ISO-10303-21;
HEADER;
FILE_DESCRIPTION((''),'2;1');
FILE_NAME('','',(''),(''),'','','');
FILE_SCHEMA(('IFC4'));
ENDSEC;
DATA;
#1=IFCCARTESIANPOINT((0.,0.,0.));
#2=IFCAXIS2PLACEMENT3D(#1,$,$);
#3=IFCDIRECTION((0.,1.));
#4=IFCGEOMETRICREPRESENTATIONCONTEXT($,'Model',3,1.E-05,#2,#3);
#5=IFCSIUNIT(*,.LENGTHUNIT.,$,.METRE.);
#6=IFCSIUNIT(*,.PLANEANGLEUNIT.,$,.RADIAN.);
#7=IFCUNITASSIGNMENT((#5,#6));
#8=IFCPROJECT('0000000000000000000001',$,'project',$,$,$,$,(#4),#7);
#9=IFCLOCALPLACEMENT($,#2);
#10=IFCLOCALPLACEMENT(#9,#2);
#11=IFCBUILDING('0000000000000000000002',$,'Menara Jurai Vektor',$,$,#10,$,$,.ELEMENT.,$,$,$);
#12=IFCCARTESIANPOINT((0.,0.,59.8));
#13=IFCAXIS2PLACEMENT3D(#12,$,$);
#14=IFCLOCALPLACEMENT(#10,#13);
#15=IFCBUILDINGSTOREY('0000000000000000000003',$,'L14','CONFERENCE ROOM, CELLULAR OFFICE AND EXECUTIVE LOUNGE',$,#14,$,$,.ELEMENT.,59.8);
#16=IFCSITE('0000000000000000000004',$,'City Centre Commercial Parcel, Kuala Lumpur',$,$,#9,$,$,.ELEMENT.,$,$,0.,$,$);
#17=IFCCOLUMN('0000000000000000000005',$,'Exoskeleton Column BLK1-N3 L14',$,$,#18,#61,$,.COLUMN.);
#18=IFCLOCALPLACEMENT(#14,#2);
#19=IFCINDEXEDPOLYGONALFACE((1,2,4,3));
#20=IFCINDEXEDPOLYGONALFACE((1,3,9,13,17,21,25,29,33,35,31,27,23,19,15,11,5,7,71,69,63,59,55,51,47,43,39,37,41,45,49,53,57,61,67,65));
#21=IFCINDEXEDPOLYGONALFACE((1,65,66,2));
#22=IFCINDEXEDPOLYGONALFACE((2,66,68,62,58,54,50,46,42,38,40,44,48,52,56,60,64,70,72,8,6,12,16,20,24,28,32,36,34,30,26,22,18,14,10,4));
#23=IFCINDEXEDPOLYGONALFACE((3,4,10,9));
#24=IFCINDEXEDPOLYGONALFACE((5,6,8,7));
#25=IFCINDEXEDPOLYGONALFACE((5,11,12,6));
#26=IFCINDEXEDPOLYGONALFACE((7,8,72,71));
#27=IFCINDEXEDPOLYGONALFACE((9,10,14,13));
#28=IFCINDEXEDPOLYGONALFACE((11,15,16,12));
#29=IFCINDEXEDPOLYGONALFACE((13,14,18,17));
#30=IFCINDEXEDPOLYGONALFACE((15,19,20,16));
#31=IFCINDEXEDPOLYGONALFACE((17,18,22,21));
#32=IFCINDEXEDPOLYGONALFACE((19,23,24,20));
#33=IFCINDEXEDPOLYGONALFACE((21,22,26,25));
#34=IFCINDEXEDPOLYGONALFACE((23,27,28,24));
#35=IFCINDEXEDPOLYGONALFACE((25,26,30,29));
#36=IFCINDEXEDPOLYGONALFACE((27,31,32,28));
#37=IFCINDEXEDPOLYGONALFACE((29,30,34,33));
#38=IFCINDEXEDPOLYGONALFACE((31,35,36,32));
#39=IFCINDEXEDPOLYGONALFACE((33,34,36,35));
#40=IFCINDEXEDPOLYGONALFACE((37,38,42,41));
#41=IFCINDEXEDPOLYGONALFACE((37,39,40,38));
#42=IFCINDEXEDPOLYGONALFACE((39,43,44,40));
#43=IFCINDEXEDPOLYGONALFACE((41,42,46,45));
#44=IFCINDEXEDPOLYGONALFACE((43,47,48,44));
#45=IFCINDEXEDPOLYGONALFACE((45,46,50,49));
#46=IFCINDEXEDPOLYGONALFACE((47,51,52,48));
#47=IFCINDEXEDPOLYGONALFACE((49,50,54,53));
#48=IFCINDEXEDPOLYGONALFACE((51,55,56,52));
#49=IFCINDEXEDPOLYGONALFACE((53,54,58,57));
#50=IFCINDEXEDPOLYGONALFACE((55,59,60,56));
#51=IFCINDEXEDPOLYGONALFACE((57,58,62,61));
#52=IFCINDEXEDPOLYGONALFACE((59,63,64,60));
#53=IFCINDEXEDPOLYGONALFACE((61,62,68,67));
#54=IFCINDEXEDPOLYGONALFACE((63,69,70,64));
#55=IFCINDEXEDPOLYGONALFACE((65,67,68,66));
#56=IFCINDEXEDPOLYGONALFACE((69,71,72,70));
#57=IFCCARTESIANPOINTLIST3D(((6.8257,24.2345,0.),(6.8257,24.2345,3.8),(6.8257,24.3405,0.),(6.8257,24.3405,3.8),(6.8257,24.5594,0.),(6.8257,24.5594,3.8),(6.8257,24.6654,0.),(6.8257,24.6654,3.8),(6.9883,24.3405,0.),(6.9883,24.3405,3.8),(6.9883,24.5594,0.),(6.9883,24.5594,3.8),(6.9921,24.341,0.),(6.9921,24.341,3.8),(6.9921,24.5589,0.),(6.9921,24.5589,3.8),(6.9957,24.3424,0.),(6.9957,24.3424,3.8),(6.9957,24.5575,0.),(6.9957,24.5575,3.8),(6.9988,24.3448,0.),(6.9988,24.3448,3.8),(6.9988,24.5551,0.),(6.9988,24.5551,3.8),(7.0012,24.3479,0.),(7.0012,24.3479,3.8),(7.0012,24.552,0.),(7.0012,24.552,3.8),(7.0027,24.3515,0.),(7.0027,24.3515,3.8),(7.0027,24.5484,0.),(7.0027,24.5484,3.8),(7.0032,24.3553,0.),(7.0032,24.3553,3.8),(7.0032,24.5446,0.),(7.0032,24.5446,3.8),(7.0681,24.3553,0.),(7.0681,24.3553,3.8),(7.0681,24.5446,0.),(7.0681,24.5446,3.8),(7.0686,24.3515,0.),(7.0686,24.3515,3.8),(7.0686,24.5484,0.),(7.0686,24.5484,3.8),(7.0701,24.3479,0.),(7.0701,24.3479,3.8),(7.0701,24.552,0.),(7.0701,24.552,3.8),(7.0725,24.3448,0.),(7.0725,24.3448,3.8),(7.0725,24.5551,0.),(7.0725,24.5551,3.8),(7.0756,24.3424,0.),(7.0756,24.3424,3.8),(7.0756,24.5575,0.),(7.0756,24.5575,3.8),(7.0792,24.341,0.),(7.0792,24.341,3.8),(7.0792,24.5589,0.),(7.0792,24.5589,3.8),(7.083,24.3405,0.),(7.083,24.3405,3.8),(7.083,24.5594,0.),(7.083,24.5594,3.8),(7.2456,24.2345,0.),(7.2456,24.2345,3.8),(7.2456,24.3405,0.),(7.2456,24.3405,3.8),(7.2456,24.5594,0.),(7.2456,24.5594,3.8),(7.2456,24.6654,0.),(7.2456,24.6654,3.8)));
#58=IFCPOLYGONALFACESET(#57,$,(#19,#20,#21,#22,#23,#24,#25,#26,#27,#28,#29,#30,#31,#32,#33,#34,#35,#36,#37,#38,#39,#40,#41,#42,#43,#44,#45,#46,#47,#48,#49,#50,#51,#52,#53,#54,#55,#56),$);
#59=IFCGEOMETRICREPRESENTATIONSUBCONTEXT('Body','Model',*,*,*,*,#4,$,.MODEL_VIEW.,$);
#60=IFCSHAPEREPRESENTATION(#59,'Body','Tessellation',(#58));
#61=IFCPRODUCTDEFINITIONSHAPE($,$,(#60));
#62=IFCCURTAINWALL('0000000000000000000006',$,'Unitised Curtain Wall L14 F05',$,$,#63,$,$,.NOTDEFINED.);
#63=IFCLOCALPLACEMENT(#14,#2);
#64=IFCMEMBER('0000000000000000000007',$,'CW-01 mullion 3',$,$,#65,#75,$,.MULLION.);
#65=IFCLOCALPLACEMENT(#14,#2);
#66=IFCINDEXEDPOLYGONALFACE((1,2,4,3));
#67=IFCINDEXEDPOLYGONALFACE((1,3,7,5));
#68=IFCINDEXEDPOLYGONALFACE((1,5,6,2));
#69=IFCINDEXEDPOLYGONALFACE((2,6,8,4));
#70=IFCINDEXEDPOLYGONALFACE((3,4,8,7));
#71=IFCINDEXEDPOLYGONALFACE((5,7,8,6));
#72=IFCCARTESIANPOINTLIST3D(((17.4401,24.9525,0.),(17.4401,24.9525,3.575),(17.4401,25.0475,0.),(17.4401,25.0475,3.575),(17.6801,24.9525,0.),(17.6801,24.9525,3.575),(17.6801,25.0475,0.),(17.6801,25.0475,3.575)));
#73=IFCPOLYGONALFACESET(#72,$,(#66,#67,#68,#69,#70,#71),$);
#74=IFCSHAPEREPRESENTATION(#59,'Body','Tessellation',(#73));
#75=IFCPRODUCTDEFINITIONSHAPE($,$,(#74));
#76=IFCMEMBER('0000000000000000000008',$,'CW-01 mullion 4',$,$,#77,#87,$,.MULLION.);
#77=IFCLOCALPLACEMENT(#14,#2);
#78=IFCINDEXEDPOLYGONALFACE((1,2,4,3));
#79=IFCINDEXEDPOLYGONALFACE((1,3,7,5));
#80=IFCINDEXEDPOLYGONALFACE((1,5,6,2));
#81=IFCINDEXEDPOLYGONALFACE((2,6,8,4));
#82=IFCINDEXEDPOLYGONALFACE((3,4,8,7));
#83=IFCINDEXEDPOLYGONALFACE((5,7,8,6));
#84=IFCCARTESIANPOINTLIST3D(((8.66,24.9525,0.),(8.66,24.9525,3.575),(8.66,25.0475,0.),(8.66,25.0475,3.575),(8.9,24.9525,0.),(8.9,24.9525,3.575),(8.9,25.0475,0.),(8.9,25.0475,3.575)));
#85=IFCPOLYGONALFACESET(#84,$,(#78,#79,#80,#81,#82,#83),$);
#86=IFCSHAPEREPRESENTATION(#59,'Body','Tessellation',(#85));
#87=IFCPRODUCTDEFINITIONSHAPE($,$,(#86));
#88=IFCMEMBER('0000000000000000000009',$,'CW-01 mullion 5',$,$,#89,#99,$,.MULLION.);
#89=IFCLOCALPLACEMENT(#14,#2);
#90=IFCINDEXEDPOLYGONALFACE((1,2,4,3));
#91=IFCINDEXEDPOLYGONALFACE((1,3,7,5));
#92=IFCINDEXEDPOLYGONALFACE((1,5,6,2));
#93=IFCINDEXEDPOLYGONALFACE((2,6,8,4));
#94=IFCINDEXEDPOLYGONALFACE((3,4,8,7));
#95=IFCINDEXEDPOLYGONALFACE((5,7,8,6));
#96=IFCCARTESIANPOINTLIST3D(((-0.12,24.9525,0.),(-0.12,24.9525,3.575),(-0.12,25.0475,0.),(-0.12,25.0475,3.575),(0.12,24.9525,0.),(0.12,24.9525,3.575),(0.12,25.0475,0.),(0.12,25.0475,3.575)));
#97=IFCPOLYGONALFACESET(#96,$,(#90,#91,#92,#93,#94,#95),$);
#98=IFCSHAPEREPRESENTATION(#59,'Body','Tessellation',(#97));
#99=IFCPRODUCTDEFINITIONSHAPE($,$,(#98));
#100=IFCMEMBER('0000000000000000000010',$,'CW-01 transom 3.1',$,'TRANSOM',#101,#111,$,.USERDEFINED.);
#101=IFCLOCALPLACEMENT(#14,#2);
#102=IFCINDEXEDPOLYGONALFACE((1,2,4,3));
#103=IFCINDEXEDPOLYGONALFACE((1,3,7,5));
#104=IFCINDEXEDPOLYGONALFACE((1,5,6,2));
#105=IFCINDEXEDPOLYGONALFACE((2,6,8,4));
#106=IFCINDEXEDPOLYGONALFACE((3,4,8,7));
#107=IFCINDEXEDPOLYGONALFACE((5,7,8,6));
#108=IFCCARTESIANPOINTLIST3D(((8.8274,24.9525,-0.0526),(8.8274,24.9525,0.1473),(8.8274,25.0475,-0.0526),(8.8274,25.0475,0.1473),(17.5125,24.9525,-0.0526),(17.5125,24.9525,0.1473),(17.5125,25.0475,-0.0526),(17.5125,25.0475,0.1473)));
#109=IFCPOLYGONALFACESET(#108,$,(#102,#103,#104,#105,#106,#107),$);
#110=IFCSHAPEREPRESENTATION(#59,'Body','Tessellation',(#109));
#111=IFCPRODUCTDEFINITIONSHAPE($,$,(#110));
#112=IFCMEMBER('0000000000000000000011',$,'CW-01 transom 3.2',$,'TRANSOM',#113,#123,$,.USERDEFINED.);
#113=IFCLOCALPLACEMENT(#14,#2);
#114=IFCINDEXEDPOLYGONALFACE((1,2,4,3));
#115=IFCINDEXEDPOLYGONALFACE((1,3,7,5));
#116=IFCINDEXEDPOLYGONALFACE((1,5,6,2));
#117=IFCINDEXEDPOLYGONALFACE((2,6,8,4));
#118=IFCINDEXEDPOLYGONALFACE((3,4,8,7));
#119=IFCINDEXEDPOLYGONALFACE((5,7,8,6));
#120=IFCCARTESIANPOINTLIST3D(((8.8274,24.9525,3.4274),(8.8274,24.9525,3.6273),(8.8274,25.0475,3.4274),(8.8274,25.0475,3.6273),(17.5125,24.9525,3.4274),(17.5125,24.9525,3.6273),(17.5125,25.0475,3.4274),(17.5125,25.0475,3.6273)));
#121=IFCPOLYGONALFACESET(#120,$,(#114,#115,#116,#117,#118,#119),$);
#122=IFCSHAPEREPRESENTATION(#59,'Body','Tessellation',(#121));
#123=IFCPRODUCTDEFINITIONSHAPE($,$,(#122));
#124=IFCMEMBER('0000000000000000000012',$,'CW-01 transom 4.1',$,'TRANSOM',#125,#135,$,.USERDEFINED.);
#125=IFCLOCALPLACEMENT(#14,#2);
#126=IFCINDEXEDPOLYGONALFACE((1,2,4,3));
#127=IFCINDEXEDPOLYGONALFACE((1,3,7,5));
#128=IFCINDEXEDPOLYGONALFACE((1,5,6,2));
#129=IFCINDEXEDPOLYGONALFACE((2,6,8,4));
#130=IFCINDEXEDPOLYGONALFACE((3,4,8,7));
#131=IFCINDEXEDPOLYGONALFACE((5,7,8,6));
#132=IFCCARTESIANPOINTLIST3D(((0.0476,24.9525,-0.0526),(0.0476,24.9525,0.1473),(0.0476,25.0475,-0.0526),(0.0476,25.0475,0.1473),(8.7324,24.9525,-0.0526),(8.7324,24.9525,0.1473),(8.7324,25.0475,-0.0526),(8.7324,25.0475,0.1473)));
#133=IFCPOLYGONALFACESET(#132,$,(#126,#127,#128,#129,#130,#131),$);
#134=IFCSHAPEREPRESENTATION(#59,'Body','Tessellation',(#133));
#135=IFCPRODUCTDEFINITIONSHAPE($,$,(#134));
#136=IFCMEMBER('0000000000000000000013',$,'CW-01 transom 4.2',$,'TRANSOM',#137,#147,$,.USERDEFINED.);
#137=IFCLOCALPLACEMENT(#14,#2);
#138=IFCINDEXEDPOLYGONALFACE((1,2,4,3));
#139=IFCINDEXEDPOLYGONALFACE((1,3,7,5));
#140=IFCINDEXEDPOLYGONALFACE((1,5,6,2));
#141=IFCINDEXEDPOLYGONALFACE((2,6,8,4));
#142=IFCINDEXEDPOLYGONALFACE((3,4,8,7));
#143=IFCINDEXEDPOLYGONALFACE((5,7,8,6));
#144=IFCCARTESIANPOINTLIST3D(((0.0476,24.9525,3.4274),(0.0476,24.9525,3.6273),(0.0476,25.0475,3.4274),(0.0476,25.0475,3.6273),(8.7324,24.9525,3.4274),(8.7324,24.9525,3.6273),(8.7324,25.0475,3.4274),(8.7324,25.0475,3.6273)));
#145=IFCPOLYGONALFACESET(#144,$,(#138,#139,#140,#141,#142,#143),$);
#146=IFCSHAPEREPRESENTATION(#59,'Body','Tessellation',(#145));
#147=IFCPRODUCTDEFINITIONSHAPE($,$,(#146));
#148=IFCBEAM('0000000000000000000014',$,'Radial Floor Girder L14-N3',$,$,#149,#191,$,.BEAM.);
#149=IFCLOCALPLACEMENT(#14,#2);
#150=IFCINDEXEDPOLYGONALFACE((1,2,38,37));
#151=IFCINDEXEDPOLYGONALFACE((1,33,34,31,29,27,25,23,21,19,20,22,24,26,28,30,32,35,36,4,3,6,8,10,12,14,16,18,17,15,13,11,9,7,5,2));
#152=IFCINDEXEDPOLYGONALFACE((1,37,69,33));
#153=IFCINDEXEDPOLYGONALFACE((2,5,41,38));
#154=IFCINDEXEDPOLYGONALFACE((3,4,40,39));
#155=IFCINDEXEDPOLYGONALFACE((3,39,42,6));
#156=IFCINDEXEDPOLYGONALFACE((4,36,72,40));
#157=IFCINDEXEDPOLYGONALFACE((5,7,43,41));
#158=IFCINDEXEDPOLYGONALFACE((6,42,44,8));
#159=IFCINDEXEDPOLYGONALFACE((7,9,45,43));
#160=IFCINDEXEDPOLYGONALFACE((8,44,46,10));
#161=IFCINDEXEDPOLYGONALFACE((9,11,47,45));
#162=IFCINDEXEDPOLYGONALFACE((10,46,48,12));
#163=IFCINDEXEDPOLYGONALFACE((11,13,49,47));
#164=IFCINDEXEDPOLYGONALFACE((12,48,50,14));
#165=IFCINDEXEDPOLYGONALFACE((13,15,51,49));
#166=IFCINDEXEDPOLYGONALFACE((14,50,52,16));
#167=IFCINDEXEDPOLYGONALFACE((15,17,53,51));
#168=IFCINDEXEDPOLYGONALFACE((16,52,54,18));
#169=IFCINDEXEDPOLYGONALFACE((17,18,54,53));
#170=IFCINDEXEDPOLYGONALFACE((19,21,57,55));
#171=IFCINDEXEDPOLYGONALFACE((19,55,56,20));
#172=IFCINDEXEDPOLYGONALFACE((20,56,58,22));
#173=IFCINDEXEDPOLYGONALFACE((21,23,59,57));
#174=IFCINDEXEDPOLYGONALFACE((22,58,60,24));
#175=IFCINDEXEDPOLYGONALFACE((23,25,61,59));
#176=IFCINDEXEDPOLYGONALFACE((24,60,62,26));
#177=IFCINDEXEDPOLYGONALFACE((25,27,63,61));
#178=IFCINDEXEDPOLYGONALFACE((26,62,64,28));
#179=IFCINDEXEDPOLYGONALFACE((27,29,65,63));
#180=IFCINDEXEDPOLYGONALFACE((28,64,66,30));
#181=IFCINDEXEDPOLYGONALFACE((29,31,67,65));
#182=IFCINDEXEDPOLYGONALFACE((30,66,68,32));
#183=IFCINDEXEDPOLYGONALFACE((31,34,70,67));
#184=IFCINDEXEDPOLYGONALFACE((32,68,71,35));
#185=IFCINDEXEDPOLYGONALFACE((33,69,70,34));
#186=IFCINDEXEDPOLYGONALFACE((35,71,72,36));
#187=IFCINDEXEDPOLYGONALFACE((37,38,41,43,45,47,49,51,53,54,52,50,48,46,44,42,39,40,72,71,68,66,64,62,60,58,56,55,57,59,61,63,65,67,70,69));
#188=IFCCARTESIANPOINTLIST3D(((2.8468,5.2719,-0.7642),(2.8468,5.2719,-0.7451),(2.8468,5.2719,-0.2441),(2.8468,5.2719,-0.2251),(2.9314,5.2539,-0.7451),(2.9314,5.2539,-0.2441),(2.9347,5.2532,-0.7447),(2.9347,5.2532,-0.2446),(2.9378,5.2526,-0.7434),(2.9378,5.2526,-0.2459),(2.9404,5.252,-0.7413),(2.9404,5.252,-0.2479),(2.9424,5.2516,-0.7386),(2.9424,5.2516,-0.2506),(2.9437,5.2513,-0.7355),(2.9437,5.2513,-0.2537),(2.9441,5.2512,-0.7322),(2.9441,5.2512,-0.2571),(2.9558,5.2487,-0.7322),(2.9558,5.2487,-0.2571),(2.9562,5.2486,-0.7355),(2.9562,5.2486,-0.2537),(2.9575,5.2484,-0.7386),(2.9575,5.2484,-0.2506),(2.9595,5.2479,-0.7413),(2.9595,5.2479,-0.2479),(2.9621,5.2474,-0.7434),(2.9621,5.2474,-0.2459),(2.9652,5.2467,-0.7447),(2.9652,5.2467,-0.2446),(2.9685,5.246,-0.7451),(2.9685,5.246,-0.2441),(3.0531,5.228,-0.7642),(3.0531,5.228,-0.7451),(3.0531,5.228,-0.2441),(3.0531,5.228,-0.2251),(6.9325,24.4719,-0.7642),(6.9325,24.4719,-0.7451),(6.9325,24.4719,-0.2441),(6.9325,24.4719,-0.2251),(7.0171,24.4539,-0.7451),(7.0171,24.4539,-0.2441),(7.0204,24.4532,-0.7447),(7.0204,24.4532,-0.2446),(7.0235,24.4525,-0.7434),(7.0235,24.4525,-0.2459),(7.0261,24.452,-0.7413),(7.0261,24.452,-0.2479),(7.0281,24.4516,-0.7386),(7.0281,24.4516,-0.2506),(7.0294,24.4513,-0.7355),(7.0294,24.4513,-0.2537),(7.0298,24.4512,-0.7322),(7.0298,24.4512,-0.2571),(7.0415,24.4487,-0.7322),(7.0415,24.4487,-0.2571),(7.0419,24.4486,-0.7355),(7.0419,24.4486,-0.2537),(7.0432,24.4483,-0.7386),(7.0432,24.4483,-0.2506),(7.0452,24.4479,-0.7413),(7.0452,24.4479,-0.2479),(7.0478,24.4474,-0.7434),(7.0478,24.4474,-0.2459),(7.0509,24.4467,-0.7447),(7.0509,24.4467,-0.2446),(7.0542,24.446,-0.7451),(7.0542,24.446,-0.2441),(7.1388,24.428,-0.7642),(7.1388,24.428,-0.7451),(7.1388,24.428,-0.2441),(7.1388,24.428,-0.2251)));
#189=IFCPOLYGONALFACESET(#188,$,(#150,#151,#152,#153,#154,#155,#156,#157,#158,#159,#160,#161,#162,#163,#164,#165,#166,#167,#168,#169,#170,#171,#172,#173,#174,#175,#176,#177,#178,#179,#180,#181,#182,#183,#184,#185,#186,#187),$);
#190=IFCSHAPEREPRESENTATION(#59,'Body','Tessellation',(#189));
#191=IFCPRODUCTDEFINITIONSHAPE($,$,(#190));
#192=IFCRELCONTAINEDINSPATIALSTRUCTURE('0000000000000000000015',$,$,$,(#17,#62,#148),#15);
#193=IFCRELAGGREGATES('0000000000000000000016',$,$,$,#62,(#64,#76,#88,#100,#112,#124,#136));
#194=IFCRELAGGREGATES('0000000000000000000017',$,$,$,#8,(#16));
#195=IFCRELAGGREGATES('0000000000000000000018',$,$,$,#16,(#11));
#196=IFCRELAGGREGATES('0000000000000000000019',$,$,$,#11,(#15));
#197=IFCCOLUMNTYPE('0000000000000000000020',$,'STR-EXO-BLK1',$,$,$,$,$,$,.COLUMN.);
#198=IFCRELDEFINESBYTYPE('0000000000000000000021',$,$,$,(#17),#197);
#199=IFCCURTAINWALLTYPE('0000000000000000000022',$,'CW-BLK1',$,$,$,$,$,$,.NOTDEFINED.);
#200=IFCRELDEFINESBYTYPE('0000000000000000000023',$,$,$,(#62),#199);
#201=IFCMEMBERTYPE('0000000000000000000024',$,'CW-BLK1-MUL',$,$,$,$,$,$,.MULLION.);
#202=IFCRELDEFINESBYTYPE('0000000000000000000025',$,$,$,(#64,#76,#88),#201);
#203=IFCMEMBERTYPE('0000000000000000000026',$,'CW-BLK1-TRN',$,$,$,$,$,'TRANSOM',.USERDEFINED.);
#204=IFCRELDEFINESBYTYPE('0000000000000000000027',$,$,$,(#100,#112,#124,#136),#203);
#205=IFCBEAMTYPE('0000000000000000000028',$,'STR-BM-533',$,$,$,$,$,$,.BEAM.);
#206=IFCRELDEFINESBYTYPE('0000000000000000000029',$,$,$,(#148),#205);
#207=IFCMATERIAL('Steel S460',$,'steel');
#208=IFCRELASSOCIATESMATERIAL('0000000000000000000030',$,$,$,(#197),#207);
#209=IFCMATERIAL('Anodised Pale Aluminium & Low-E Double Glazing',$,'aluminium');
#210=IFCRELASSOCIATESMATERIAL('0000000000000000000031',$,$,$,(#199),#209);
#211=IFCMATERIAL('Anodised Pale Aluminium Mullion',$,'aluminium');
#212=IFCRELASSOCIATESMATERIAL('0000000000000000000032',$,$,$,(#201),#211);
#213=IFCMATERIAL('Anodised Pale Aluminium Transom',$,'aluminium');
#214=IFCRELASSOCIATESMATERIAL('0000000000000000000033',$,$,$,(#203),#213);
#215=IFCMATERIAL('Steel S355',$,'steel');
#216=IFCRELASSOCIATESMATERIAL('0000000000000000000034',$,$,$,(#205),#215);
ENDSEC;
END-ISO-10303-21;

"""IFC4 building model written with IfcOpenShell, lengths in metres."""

from ifc_helpers import new_model, si_unit, direction, frame, origin, origin_2d, place, context, subcontext, project, spatial, rectangle, i_section, extrude, material, material_profile, profile_set, type_object, element, aggregate, save


model = new_model("IFC4")

# Units and contexts
model_context = context("Model", 3, precision=1e-05, world=origin(), true_north=direction((0.0, 1.0)))
body_context = subcontext(model_context, "Body", "Model", "MODEL_VIEW")
ifc_project = project(units=[si_unit("LENGTHUNIT", "METRE"), si_unit("PLANEANGLEUNIT", "RADIAN")], contexts=[model_context])

# Site, building, storey
site_placement = place(None, origin())
site = spatial("IfcSite", under=ifc_project, at=site_placement, Name="City Centre Commercial Parcel, Kuala Lumpur", CompositionType="ELEMENT", RefElevation=0.0)
building_placement = place(site_placement, origin())
building = spatial("IfcBuilding", under=site, at=building_placement, Name="Menara Jurai Vektor", CompositionType="ELEMENT")
storey_placement = place(building_placement, frame((0.0, 0.0, 59.8)))
storey = spatial("IfcBuildingStorey", under=building, at=storey_placement, Name="L14", Description="CONFERENCE ROOM, CELLULAR OFFICE AND EXECUTIVE LOUNGE", CompositionType="ELEMENT", Elevation=59.8)

# Column
ifc_material_1 = material(Name="Steel S460", Category="steel")
ifc_material_profile_1 = material_profile(ifc_material_1, i_section(OverallWidth=0.4199, OverallDepth=0.4309, WebThickness=0.0649, FlangeThickness=0.106, FilletRadius=0.0149, at=origin_2d()), Name="HD 400x900")
ifc_profile_set_1 = profile_set([ifc_material_profile_1], Name="Steel S460")
column_type = type_object("IfcColumnType", Name="STR-EXO-BLK1", PredefinedType="COLUMN", material=ifc_profile_set_1)
column_placement = place(storey_placement, frame((7.0356, 24.45, 0.0), z_axis=(0.0, 0.0, 1.0), x_axis=(1.0, 0.0, 0.0)))
element("IfcColumn", 1, at=column_placement, inside=storey, type_object=column_type, Name="Exoskeleton Column BLK1-N3 L14", PredefinedType="COLUMN", context=body_context, shape_type="SweptSolid", body=[
    extrude(i_section(OverallWidth=0.4199, OverallDepth=0.4309, WebThickness=0.0649, FlangeThickness=0.106, FilletRadius=0.0149, at=origin_2d()), origin(), (0.0, 0.0, 1.0), 3.8),
])

# Curtain wall, members
ifc_material_2 = material(Name="Anodised Pale Aluminium & Low-E Double Glazing", Category="aluminium")
curtain_wall_type = type_object("IfcCurtainWallType", Name="CW-BLK1", PredefinedType="NOTDEFINED", material=ifc_material_2)
curtain_wall_placement = place(storey_placement, origin())
curtain_wall = element("IfcCurtainWall", 2, at=curtain_wall_placement, inside=storey, type_object=curtain_wall_type, Name="Unitised Curtain Wall L14 F05", PredefinedType="NOTDEFINED")
ifc_material_3 = material(Name="Anodised Pale Aluminium Mullion", Category="aluminium")
ifc_material_profile_2 = material_profile(ifc_material_3, rectangle(XDim=0.095, YDim=0.24, at=origin_2d()), Name="ALU MUL 95x240")
ifc_profile_set_2 = profile_set([ifc_material_profile_2], Name="Anodised Pale Aluminium Mullion")
member_type_1 = type_object("IfcMemberType", Name="CW-BLK1-MUL", PredefinedType="MULLION", material=ifc_profile_set_2)
member_1_placement = place(storey_placement, frame((17.5601, 25.0, 0.0), z_axis=(0.0, 0.0, 1.0), x_axis=(0.0, -1.0, 0.0)))
member_1 = element("IfcMember", 3, at=member_1_placement, type_object=member_type_1, Name="CW-01 mullion 3", PredefinedType="MULLION", context=body_context, shape_type="SweptSolid", body=[
    extrude(rectangle(XDim=0.095, YDim=0.24, at=origin_2d()), origin(), (0.0, 0.0, 1.0), 3.575),
])
member_2_placement = place(storey_placement, frame((8.78, 25.0, 0.0), z_axis=(0.0, 0.0, 1.0), x_axis=(0.0, -1.0, 0.0)))
member_2 = element("IfcMember", 4, at=member_2_placement, type_object=member_type_1, Name="CW-01 mullion 4", PredefinedType="MULLION", context=body_context, shape_type="SweptSolid", body=[
    extrude(rectangle(XDim=0.095, YDim=0.24, at=origin_2d()), origin(), (0.0, 0.0, 1.0), 3.575),
])
member_3_placement = place(storey_placement, frame((0.0, 25.0, 0.0), z_axis=(0.0, 0.0, 1.0), x_axis=(0.0, -1.0, 0.0)))
member_3 = element("IfcMember", 5, at=member_3_placement, type_object=member_type_1, Name="CW-01 mullion 5", PredefinedType="MULLION", context=body_context, shape_type="SweptSolid", body=[
    extrude(rectangle(XDim=0.095, YDim=0.24, at=origin_2d()), origin(), (0.0, 0.0, 1.0), 3.575),
])
ifc_material_4 = material(Name="Anodised Pale Aluminium Transom", Category="aluminium")
ifc_material_profile_3 = material_profile(ifc_material_4, rectangle(XDim=0.095, YDim=0.2, at=origin_2d()), Name="ALU TRN 95x200")
ifc_profile_set_3 = profile_set([ifc_material_profile_3], Name="Anodised Pale Aluminium Transom")
member_type_2 = type_object("IfcMemberType", Name="CW-BLK1-TRN", ElementType="TRANSOM", PredefinedType="USERDEFINED", material=ifc_profile_set_3)
member_4_placement = place(storey_placement, frame((17.5125, 25.0, 0.0474), z_axis=(-1.0, 0.0, 0.0), x_axis=(0.0, -1.0, 0.0)))
member_4 = element("IfcMember", 6, at=member_4_placement, type_object=member_type_2, Name="CW-01 transom 3.1", ObjectType="TRANSOM", PredefinedType="USERDEFINED", context=body_context, shape_type="SweptSolid", body=[
    extrude(rectangle(XDim=0.095, YDim=0.2, at=origin_2d()), origin(), (0.0, 0.0, 1.0), 8.6851),
])
member_5_placement = place(storey_placement, frame((17.5125, 25.0, 3.5273), z_axis=(-1.0, 0.0, 0.0), x_axis=(0.0, -1.0, 0.0)))
member_5 = element("IfcMember", 7, at=member_5_placement, type_object=member_type_2, Name="CW-01 transom 3.2", ObjectType="TRANSOM", PredefinedType="USERDEFINED", context=body_context, shape_type="SweptSolid", body=[
    extrude(rectangle(XDim=0.095, YDim=0.2, at=origin_2d()), origin(), (0.0, 0.0, 1.0), 8.6851),
])
member_6_placement = place(storey_placement, frame((8.7324, 25.0, 0.0474), z_axis=(-1.0, 0.0, 0.0), x_axis=(0.0, -1.0, 0.0)))
member_6 = element("IfcMember", 8, at=member_6_placement, type_object=member_type_2, Name="CW-01 transom 4.1", ObjectType="TRANSOM", PredefinedType="USERDEFINED", context=body_context, shape_type="SweptSolid", body=[
    extrude(rectangle(XDim=0.095, YDim=0.2, at=origin_2d()), origin(), (0.0, 0.0, 1.0), 8.6848),
])
member_7_placement = place(storey_placement, frame((8.7324, 25.0, 3.5273), z_axis=(-1.0, 0.0, 0.0), x_axis=(0.0, -1.0, 0.0)))
member_7 = element("IfcMember", 9, at=member_7_placement, type_object=member_type_2, Name="CW-01 transom 4.2", ObjectType="TRANSOM", PredefinedType="USERDEFINED", context=body_context, shape_type="SweptSolid", body=[
    extrude(rectangle(XDim=0.095, YDim=0.2, at=origin_2d()), origin(), (0.0, 0.0, 1.0), 8.6848),
])

# Beam
ifc_material_5 = material(Name="Steel S355", Category="steel")
ifc_material_profile_4 = material_profile(ifc_material_5, i_section(OverallWidth=0.2109, OverallDepth=0.5391, WebThickness=0.012, FlangeThickness=0.019, FilletRadius=0.0129, at=origin_2d()), Name="UKB 533x210x109")
ifc_profile_set_4 = profile_set([ifc_material_profile_4], Name="Steel S355")
beam_type_1 = type_object("IfcBeamType", Name="STR-BM-533", PredefinedType="BEAM", material=ifc_profile_set_4)
beam_1_placement = place(storey_placement, frame((7.0356, 24.45, -0.4946), z_axis=(-0.208137, -0.9781, 0.0), x_axis=(0.9781, -0.208137, 0.0)))
element("IfcBeam", 10, at=beam_1_placement, inside=storey, type_object=beam_type_1, Name="Radial Floor Girder L14-N3", PredefinedType="BEAM", context=body_context, shape_type="SweptSolid", body=[
    extrude(i_section(OverallWidth=0.2109, OverallDepth=0.5391, WebThickness=0.012, FlangeThickness=0.019, FilletRadius=0.0129, at=origin_2d()), origin(), (0.0, 0.0, 1.0), 19.6299),
])

aggregate(curtain_wall, [member_1, member_2, member_3, member_4, member_5, member_6, member_7])

save(model, "model.ifc")
